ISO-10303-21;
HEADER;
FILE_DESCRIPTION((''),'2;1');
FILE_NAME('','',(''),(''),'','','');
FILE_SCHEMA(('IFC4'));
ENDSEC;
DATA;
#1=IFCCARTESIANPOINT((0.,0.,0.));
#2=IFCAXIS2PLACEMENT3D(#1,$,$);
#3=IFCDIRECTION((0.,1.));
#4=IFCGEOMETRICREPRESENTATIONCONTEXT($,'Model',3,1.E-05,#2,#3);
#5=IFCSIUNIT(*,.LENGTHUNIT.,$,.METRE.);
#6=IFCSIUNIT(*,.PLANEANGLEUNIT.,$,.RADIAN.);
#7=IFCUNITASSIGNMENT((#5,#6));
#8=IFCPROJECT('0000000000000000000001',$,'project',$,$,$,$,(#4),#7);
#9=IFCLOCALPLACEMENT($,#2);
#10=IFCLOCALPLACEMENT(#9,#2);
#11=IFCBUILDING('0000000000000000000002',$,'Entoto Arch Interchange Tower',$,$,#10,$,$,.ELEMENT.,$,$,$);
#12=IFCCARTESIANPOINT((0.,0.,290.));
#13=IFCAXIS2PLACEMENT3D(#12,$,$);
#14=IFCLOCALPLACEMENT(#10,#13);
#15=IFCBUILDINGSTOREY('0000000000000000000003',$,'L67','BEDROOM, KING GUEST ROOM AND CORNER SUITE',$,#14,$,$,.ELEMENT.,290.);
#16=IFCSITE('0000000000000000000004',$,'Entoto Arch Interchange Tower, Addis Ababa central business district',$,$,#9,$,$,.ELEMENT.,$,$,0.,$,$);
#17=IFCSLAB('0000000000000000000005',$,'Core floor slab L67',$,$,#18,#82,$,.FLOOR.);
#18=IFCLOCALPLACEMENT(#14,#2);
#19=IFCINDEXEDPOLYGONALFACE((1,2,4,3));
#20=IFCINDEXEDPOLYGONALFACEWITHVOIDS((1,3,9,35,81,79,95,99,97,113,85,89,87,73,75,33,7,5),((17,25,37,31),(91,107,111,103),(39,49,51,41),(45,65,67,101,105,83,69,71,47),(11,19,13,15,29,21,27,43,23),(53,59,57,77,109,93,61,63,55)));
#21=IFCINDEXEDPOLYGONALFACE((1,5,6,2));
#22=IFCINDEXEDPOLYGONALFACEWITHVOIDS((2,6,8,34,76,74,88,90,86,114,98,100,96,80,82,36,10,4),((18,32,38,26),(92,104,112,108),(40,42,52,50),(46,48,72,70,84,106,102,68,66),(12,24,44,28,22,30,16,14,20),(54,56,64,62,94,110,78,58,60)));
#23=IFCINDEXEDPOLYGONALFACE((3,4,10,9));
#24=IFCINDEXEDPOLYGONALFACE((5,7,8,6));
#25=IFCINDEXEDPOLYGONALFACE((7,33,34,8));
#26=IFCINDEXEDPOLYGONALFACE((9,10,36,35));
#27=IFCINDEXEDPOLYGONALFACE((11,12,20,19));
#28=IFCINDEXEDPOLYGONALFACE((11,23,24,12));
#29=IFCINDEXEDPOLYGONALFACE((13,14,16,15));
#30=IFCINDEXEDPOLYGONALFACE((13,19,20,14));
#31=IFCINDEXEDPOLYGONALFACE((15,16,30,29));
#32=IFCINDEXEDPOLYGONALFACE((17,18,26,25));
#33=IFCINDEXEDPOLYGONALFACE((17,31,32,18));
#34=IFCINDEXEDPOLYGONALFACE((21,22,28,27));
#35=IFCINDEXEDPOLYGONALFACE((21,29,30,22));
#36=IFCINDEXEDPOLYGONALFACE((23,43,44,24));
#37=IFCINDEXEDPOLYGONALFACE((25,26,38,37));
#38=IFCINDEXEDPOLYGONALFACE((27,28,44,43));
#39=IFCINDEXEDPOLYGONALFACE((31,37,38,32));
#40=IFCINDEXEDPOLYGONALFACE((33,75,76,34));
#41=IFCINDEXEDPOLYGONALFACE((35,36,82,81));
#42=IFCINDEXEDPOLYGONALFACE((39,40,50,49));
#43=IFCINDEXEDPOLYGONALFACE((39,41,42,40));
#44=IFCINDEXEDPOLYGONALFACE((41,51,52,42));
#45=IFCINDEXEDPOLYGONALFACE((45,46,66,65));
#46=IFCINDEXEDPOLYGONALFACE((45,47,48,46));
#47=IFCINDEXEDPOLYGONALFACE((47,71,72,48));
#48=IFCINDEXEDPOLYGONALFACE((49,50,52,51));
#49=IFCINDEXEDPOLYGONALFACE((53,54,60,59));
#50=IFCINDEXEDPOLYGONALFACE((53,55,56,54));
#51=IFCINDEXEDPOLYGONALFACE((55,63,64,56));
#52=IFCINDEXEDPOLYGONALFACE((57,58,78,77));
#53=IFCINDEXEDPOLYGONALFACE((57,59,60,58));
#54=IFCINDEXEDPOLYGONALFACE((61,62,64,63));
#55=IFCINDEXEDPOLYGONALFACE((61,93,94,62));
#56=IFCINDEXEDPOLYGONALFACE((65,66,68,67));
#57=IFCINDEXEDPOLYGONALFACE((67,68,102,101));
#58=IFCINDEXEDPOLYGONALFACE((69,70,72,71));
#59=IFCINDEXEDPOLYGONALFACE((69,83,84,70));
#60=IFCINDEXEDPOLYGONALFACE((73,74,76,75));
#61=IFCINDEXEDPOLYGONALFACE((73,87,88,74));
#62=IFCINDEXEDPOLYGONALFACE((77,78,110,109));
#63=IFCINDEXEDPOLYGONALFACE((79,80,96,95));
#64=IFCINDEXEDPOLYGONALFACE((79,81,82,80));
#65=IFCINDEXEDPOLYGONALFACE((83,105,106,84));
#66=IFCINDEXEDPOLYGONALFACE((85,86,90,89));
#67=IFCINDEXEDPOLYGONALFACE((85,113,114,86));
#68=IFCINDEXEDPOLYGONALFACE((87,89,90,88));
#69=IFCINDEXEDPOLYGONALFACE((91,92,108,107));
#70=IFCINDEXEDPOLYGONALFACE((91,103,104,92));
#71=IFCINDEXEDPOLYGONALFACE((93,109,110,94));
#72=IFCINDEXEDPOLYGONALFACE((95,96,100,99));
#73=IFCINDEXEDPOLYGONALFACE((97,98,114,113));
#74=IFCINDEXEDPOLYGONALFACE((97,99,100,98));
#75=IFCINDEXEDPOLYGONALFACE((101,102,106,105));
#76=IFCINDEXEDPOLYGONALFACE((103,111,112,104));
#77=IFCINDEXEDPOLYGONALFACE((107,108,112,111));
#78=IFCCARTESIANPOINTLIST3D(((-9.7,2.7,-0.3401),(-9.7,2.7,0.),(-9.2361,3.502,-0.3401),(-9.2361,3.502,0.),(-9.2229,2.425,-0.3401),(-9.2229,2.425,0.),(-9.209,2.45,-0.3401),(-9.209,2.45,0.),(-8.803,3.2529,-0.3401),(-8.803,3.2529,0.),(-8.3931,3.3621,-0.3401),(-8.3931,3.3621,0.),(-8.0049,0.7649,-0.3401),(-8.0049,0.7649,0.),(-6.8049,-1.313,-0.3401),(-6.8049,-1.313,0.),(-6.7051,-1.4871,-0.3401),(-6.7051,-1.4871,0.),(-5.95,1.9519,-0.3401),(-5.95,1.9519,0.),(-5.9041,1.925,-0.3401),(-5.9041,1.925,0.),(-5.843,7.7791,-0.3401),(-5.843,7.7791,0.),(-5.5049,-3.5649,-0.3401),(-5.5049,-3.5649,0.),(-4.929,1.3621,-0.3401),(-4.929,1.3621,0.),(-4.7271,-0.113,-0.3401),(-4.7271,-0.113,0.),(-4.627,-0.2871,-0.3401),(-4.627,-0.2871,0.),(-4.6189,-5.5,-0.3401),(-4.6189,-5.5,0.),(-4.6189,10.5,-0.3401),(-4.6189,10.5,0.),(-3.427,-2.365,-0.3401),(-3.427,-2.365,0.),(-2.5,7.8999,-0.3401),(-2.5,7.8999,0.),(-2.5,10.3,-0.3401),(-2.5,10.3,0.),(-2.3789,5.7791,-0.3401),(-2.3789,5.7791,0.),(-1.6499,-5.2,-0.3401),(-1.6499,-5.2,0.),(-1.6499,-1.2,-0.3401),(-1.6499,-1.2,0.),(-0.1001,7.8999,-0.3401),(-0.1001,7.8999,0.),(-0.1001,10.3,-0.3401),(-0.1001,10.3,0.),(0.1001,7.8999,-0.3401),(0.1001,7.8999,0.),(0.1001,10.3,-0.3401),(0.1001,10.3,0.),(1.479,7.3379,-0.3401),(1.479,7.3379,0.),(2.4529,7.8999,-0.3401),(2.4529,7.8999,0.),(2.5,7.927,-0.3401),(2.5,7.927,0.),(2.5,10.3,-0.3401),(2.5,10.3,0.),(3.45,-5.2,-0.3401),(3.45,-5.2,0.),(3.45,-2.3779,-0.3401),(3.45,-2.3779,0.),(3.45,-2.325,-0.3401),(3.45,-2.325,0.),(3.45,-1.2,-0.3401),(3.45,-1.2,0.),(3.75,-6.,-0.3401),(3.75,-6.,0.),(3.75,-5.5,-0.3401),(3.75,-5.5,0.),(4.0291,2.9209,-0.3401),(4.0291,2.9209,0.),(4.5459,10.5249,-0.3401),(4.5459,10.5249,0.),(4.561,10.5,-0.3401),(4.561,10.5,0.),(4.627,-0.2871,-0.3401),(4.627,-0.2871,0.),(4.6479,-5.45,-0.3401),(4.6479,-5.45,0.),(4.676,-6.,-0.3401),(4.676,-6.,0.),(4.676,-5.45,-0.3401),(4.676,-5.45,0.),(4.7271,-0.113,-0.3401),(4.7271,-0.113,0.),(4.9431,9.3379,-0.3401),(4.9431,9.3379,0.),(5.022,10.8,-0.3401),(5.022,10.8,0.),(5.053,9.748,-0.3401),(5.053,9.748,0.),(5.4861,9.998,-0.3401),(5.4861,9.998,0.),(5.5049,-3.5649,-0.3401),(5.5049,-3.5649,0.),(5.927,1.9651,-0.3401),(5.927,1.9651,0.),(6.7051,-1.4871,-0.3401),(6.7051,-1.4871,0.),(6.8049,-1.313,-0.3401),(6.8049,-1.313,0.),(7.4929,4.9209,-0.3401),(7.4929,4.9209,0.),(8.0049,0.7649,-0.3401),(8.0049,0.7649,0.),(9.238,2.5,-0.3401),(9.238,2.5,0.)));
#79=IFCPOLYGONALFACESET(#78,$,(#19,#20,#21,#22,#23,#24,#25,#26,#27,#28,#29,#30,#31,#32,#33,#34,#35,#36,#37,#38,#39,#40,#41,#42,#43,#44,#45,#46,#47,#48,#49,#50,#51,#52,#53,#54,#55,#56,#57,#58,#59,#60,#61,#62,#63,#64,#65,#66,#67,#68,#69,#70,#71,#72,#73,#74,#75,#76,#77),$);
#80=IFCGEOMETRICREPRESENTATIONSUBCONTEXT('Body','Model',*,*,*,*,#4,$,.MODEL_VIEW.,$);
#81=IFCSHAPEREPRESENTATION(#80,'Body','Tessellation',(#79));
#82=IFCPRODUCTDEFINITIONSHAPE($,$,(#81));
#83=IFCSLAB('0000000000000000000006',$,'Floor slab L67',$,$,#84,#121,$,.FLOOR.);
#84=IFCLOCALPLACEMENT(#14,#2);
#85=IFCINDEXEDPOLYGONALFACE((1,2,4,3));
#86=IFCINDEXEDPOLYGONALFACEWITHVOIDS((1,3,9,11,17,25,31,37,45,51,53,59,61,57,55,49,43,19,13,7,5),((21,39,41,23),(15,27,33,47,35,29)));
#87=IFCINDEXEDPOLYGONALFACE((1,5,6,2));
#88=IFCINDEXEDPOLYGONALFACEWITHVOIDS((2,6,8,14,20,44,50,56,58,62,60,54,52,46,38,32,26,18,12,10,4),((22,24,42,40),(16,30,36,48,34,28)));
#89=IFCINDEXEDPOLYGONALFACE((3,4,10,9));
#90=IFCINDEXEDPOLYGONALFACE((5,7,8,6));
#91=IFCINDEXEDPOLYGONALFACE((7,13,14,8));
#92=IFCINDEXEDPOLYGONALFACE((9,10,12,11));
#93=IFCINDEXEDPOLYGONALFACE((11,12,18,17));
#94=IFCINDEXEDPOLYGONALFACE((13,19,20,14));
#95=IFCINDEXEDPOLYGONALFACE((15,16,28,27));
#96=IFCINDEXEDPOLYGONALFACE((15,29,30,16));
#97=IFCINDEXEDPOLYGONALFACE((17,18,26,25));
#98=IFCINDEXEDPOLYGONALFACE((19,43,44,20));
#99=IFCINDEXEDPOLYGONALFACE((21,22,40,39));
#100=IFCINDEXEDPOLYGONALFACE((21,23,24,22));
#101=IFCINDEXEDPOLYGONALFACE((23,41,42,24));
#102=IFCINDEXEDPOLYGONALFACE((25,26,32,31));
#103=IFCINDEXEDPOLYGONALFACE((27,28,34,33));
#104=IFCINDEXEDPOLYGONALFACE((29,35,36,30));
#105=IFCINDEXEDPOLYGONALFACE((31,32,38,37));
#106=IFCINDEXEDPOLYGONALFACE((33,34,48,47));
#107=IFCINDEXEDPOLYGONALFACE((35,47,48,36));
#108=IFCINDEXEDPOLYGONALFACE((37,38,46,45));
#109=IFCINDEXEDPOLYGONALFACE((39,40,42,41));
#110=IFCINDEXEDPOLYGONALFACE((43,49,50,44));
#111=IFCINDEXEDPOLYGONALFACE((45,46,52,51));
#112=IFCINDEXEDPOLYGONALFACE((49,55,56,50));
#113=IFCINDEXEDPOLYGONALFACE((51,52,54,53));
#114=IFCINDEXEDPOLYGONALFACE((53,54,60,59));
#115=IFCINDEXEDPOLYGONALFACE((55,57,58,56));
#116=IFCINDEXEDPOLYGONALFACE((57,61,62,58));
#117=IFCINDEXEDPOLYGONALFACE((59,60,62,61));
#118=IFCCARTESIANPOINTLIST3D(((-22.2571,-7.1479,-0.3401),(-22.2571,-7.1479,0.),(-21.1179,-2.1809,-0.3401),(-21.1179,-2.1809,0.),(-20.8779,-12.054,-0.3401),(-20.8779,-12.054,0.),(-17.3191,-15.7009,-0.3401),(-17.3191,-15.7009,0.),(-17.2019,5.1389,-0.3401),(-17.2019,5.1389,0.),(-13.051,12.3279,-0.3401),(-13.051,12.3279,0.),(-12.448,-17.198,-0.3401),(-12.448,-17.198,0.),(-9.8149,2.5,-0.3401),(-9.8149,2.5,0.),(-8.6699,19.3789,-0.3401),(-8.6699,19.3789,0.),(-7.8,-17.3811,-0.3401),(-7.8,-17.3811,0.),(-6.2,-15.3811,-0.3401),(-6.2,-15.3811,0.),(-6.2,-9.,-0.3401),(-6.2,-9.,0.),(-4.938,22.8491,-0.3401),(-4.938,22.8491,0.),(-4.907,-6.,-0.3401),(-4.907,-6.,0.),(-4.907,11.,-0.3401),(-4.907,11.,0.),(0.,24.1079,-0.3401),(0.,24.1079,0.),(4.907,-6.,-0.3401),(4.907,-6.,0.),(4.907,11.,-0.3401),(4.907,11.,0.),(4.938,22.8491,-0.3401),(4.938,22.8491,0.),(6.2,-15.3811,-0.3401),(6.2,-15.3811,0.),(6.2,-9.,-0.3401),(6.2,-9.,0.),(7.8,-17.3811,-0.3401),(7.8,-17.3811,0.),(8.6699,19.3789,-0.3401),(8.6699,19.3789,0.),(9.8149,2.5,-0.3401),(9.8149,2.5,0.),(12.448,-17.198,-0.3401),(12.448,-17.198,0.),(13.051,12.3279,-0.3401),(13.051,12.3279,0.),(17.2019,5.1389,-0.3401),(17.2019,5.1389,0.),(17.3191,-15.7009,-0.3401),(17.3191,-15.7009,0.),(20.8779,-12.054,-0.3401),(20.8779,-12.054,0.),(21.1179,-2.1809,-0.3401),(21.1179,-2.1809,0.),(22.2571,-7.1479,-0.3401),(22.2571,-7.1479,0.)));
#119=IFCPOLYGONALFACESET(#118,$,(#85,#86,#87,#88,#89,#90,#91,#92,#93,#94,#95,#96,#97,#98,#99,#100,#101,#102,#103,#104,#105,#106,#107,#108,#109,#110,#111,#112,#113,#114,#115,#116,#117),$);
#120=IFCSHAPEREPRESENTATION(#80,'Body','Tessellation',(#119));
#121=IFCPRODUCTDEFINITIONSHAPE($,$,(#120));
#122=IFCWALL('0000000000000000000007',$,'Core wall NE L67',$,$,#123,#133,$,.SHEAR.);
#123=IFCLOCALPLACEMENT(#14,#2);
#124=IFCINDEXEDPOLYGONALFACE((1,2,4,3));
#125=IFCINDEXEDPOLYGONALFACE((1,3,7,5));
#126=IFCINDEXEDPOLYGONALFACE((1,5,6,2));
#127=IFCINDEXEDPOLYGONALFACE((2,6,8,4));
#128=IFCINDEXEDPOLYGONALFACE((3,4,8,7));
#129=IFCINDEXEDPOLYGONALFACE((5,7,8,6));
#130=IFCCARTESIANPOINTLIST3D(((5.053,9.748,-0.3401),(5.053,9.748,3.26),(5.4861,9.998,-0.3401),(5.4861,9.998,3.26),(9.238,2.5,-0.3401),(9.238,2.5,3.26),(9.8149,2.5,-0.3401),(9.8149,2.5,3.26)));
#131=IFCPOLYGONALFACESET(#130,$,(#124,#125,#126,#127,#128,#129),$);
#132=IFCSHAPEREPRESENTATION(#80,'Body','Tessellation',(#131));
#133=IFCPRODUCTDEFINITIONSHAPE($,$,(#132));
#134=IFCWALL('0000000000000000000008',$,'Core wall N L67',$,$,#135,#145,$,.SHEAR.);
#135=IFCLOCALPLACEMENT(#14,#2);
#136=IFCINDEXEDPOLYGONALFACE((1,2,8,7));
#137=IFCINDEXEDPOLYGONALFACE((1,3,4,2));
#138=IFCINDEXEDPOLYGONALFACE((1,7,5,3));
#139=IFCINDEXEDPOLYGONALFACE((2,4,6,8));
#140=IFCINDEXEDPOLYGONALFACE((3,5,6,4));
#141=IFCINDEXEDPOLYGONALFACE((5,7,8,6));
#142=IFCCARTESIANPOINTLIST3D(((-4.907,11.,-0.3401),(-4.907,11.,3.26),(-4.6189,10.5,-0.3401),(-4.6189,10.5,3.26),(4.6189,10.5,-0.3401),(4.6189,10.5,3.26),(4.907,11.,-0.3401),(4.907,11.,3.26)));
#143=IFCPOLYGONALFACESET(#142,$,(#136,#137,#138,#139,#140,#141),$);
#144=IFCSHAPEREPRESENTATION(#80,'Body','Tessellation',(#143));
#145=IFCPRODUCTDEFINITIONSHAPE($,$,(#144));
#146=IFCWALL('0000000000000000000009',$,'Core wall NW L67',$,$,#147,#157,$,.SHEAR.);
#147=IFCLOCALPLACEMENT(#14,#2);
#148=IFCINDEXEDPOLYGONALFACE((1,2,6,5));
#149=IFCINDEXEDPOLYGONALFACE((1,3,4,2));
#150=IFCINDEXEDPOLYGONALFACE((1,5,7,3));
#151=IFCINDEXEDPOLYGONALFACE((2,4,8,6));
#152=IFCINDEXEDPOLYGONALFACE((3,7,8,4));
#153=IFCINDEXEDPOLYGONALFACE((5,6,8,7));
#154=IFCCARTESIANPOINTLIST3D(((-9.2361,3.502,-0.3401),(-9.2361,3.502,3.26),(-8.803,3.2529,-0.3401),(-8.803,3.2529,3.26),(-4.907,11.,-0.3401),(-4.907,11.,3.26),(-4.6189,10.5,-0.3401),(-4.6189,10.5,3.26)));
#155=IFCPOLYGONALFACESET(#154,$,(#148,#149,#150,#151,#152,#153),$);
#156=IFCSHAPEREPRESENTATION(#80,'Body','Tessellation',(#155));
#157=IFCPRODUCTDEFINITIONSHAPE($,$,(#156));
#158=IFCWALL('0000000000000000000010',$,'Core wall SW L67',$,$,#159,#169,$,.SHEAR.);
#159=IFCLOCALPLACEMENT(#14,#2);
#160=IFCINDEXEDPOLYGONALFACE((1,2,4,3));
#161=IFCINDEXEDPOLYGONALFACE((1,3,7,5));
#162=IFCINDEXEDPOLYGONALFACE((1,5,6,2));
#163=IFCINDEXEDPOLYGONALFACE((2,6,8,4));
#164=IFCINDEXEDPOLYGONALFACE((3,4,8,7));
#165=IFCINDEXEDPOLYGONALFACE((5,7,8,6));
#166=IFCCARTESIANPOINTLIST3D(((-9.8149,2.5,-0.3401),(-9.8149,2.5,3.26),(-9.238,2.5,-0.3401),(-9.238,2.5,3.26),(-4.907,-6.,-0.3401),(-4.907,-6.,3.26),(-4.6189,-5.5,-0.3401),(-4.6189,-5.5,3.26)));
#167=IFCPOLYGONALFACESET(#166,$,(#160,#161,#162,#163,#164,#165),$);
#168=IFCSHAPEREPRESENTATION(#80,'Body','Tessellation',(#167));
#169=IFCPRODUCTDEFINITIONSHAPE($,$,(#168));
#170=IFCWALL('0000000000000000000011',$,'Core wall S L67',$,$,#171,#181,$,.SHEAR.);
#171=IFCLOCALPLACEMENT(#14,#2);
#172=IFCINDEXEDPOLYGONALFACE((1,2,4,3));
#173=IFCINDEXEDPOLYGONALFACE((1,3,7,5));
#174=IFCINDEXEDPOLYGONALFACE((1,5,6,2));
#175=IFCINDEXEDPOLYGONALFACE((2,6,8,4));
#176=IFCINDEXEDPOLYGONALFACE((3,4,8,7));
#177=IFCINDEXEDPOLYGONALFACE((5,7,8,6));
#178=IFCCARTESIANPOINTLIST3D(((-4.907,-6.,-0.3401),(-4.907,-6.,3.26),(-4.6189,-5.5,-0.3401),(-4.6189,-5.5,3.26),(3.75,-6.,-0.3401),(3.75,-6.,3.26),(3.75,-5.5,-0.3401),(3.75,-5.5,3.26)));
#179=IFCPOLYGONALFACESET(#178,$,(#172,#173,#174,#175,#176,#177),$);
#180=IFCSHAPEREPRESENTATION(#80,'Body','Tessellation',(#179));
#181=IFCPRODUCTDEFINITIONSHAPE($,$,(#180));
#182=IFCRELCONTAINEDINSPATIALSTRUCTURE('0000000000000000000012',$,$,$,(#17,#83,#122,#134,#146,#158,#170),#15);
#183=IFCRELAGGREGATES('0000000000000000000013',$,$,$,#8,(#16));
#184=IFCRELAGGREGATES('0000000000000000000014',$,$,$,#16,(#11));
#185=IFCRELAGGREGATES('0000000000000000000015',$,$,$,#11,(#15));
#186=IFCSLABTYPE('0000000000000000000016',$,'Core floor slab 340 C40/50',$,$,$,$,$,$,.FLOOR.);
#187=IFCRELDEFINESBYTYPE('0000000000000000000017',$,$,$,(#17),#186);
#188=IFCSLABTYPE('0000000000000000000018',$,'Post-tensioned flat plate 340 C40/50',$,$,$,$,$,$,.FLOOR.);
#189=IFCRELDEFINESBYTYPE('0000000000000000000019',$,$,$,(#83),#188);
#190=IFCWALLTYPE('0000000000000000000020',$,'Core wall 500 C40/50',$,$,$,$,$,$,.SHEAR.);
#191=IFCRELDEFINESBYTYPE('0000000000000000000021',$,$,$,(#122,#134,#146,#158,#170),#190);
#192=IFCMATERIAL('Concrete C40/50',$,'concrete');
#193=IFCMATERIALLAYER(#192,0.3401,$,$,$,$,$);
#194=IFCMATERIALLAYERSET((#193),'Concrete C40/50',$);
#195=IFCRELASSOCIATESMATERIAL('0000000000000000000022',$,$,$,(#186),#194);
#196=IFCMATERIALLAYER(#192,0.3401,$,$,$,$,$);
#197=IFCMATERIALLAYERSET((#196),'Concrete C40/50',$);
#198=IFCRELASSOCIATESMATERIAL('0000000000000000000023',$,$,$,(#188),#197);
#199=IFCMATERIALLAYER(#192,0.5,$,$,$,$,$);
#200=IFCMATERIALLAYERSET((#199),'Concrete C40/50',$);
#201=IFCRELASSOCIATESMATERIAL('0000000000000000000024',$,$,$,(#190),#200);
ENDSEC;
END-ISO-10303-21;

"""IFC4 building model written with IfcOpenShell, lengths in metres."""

from ifc_helpers import new_model, si_unit, direction, frame, origin, place, context, subcontext, project, spatial, polyline, outline, extrude, material, layer, layer_set, type_object, element, save


model = new_model("IFC4")

# Units and contexts
model_context = context("Model", 3, precision=1e-05, world=origin(), true_north=direction((0.0, 1.0)))
body_context = subcontext(model_context, "Body", "Model", "MODEL_VIEW")
ifc_project = project(units=[si_unit("LENGTHUNIT", "METRE"), si_unit("PLANEANGLEUNIT", "RADIAN")], contexts=[model_context])

# Site, building, storey
site_placement = place(None, origin())
site = spatial("IfcSite", under=ifc_project, at=site_placement, Name="Entoto Arch Interchange Tower, Addis Ababa central business district", CompositionType="ELEMENT", RefElevation=0.0)
building_placement = place(site_placement, origin())
building = spatial("IfcBuilding", under=site, at=building_placement, Name="Entoto Arch Interchange Tower", CompositionType="ELEMENT")
storey_placement = place(building_placement, frame((0.0, 0.0, 290.0)))
storey = spatial("IfcBuildingStorey", under=building, at=storey_placement, Name="L67", Description="BEDROOM, KING GUEST ROOM AND CORNER SUITE", CompositionType="ELEMENT", Elevation=290.0)

# Slabs
ifc_material_1 = material(Name="Concrete C40/50", Category="concrete")
ifc_layer_1 = layer(ifc_material_1, 0.3401)
ifc_layer_set_1 = layer_set([ifc_layer_1], Name="Concrete C40/50")
slab_type_1 = type_object("IfcSlabType", Name="Core floor slab 340 C40/50", PredefinedType="FLOOR", material=ifc_layer_set_1)
slab_1_placement = place(storey_placement, frame((0.0, 0.0, -0.3401)))
element("IfcSlab", 1, at=slab_1_placement, inside=storey, type_object=slab_type_1, Name="Core floor slab L67", PredefinedType="FLOOR", context=body_context, shape_type="SweptSolid", body=[
    extrude(outline(polyline([(-9.209, 2.45), (-9.2229, 2.425), (-9.7, 2.7), (-9.2361, 3.502), (-8.803, 3.2529), (-4.6189, 10.5), (4.561, 10.5), (4.5459, 10.5249), (5.022, 10.8), (5.4861, 9.998), (5.053, 9.748), (9.238, 2.5), (4.6479, -5.45), (4.676, -5.45), (4.676, -6.0), (3.75, -6.0), (3.75, -5.5), (-4.6189, -5.5), (-9.209, 2.45)]), holes=[polyline([(-1.6499, -5.2), (3.45, -5.2), (3.45, -2.3779), (5.5049, -3.5649), (6.7051, -1.4871), (4.627, -0.2871), (3.45, -2.325), (3.45, -1.2), (-1.6499, -1.2), (-1.6499, -5.2)]), polyline([(-4.627, -0.2871), (-6.7051, -1.4871), (-5.5049, -3.5649), (-3.427, -2.365), (-4.627, -0.2871)]), polyline([(-5.9041, 1.925), (-4.929, 1.3621), (-2.3789, 5.7791), (-5.843, 7.7791), (-8.3931, 3.3621), (-5.95, 1.9519), (-8.0049, 0.7649), (-6.8049, -1.313), (-4.7271, -0.113), (-5.9041, 1.925)]), polyline([(4.7271, -0.113), (6.8049, -1.313), (8.0049, 0.7649), (5.927, 1.9651), (4.7271, -0.113)]), polyline([(2.5, 7.927), (2.5, 10.3), (0.1001, 10.3), (0.1001, 7.8999), (2.4529, 7.8999), (1.479, 7.3379), (4.0291, 2.9209), (7.4929, 4.9209), (4.9431, 9.3379), (2.5, 7.927)]), polyline([(-2.5, 7.8999), (-0.1001, 7.8999), (-0.1001, 10.3), (-2.5, 10.3), (-2.5, 7.8999)])]), origin(), (0.0, 0.0, 1.0), 0.3401),
])
ifc_layer_2 = layer(ifc_material_1, 0.3401)
ifc_layer_set_2 = layer_set([ifc_layer_2], Name="Concrete C40/50")
slab_type_2 = type_object("IfcSlabType", Name="Post-tensioned flat plate 340 C40/50", PredefinedType="FLOOR", material=ifc_layer_set_2)
slab_2_placement = place(storey_placement, frame((0.0, 0.0, -0.3401)))
element("IfcSlab", 2, at=slab_2_placement, inside=storey, type_object=slab_type_2, Name="Floor slab L67", PredefinedType="FLOOR", context=body_context, shape_type="SweptSolid", body=[
    extrude(outline(polyline([(-12.448, -17.198), (-7.8, -17.3811), (7.8, -17.3811), (12.448, -17.198), (17.3191, -15.7009), (20.8779, -12.054), (22.2571, -7.1479), (21.1179, -2.1809), (17.2019, 5.1389), (13.051, 12.3279), (8.6699, 19.3789), (4.938, 22.8491), (0.0, 24.1079), (-4.938, 22.8491), (-8.6699, 19.3789), (-13.051, 12.3279), (-17.2019, 5.1389), (-21.1179, -2.1809), (-22.2571, -7.1479), (-20.8779, -12.054), (-17.3191, -15.7009), (-12.448, -17.198)]), holes=[polyline([(6.2, -15.3811), (6.2, -9.0), (-6.2, -9.0), (-6.2, -15.3811), (6.2, -15.3811)]), polyline([(9.8149, 2.5), (4.907, 11.0), (-4.907, 11.0), (-9.8149, 2.5), (-4.907, -6.0), (4.907, -6.0), (9.8149, 2.5)])]), origin(), (0.0, 0.0, 1.0), 0.3401),
])

# Walls
ifc_layer_3 = layer(ifc_material_1, 0.5)
ifc_layer_set_3 = layer_set([ifc_layer_3], Name="Concrete C40/50")
wall_type_1 = type_object("IfcWallType", Name="Core wall 500 C40/50", PredefinedType="SHEAR", material=ifc_layer_set_3)
wall_1_placement = place(storey_placement, frame((0.0, 0.0, -0.3401)))
element("IfcWall", 3, at=wall_1_placement, inside=storey, type_object=wall_type_1, Name="Core wall NE L67", PredefinedType="SHEAR", context=body_context, shape_type="SweptSolid", body=[
    extrude(outline(polyline([(5.4861, 9.998), (5.053, 9.748), (9.238, 2.5), (9.8149, 2.5), (5.4861, 9.998)])), origin(), (0.0, 0.0, 1.0), 3.6001),
])
wall_2_placement = place(storey_placement, frame((0.0, 0.0, -0.3401)))
element("IfcWall", 4, at=wall_2_placement, inside=storey, type_object=wall_type_1, Name="Core wall N L67", PredefinedType="SHEAR", context=body_context, shape_type="SweptSolid", body=[
    extrude(outline(polyline([(4.907, 11.0), (-4.907, 11.0), (-4.6189, 10.5), (4.6189, 10.5), (4.907, 11.0)])), origin(), (0.0, 0.0, 1.0), 3.6001),
])
wall_3_placement = place(storey_placement, frame((0.0, 0.0, -0.3401)))
element("IfcWall", 5, at=wall_3_placement, inside=storey, type_object=wall_type_1, Name="Core wall NW L67", PredefinedType="SHEAR", context=body_context, shape_type="SweptSolid", body=[
    extrude(outline(polyline([(-9.2361, 3.502), (-8.803, 3.2529), (-4.6189, 10.5), (-4.907, 11.0), (-9.2361, 3.502)])), origin(), (0.0, 0.0, 1.0), 3.6001),
])
wall_4_placement = place(storey_placement, frame((0.0, 0.0, -0.3401)))
element("IfcWall", 6, at=wall_4_placement, inside=storey, type_object=wall_type_1, Name="Core wall SW L67", PredefinedType="SHEAR", context=body_context, shape_type="SweptSolid", body=[
    extrude(outline(polyline([(-9.8149, 2.5), (-4.907, -6.0), (-4.6189, -5.5), (-9.238, 2.5), (-9.8149, 2.5)])), origin(), (0.0, 0.0, 1.0), 3.6001),
])
wall_5_placement = place(storey_placement, frame((0.0, 0.0, -0.3401)))
element("IfcWall", 7, at=wall_5_placement, inside=storey, type_object=wall_type_1, Name="Core wall S L67", PredefinedType="SHEAR", context=body_context, shape_type="SweptSolid", body=[
    extrude(outline(polyline([(3.75, -6.0), (3.75, -5.5), (-4.6189, -5.5), (-4.907, -6.0), (3.75, -6.0)])), origin(), (0.0, 0.0, 1.0), 3.6001),
])

save(model, "model.ifc")
